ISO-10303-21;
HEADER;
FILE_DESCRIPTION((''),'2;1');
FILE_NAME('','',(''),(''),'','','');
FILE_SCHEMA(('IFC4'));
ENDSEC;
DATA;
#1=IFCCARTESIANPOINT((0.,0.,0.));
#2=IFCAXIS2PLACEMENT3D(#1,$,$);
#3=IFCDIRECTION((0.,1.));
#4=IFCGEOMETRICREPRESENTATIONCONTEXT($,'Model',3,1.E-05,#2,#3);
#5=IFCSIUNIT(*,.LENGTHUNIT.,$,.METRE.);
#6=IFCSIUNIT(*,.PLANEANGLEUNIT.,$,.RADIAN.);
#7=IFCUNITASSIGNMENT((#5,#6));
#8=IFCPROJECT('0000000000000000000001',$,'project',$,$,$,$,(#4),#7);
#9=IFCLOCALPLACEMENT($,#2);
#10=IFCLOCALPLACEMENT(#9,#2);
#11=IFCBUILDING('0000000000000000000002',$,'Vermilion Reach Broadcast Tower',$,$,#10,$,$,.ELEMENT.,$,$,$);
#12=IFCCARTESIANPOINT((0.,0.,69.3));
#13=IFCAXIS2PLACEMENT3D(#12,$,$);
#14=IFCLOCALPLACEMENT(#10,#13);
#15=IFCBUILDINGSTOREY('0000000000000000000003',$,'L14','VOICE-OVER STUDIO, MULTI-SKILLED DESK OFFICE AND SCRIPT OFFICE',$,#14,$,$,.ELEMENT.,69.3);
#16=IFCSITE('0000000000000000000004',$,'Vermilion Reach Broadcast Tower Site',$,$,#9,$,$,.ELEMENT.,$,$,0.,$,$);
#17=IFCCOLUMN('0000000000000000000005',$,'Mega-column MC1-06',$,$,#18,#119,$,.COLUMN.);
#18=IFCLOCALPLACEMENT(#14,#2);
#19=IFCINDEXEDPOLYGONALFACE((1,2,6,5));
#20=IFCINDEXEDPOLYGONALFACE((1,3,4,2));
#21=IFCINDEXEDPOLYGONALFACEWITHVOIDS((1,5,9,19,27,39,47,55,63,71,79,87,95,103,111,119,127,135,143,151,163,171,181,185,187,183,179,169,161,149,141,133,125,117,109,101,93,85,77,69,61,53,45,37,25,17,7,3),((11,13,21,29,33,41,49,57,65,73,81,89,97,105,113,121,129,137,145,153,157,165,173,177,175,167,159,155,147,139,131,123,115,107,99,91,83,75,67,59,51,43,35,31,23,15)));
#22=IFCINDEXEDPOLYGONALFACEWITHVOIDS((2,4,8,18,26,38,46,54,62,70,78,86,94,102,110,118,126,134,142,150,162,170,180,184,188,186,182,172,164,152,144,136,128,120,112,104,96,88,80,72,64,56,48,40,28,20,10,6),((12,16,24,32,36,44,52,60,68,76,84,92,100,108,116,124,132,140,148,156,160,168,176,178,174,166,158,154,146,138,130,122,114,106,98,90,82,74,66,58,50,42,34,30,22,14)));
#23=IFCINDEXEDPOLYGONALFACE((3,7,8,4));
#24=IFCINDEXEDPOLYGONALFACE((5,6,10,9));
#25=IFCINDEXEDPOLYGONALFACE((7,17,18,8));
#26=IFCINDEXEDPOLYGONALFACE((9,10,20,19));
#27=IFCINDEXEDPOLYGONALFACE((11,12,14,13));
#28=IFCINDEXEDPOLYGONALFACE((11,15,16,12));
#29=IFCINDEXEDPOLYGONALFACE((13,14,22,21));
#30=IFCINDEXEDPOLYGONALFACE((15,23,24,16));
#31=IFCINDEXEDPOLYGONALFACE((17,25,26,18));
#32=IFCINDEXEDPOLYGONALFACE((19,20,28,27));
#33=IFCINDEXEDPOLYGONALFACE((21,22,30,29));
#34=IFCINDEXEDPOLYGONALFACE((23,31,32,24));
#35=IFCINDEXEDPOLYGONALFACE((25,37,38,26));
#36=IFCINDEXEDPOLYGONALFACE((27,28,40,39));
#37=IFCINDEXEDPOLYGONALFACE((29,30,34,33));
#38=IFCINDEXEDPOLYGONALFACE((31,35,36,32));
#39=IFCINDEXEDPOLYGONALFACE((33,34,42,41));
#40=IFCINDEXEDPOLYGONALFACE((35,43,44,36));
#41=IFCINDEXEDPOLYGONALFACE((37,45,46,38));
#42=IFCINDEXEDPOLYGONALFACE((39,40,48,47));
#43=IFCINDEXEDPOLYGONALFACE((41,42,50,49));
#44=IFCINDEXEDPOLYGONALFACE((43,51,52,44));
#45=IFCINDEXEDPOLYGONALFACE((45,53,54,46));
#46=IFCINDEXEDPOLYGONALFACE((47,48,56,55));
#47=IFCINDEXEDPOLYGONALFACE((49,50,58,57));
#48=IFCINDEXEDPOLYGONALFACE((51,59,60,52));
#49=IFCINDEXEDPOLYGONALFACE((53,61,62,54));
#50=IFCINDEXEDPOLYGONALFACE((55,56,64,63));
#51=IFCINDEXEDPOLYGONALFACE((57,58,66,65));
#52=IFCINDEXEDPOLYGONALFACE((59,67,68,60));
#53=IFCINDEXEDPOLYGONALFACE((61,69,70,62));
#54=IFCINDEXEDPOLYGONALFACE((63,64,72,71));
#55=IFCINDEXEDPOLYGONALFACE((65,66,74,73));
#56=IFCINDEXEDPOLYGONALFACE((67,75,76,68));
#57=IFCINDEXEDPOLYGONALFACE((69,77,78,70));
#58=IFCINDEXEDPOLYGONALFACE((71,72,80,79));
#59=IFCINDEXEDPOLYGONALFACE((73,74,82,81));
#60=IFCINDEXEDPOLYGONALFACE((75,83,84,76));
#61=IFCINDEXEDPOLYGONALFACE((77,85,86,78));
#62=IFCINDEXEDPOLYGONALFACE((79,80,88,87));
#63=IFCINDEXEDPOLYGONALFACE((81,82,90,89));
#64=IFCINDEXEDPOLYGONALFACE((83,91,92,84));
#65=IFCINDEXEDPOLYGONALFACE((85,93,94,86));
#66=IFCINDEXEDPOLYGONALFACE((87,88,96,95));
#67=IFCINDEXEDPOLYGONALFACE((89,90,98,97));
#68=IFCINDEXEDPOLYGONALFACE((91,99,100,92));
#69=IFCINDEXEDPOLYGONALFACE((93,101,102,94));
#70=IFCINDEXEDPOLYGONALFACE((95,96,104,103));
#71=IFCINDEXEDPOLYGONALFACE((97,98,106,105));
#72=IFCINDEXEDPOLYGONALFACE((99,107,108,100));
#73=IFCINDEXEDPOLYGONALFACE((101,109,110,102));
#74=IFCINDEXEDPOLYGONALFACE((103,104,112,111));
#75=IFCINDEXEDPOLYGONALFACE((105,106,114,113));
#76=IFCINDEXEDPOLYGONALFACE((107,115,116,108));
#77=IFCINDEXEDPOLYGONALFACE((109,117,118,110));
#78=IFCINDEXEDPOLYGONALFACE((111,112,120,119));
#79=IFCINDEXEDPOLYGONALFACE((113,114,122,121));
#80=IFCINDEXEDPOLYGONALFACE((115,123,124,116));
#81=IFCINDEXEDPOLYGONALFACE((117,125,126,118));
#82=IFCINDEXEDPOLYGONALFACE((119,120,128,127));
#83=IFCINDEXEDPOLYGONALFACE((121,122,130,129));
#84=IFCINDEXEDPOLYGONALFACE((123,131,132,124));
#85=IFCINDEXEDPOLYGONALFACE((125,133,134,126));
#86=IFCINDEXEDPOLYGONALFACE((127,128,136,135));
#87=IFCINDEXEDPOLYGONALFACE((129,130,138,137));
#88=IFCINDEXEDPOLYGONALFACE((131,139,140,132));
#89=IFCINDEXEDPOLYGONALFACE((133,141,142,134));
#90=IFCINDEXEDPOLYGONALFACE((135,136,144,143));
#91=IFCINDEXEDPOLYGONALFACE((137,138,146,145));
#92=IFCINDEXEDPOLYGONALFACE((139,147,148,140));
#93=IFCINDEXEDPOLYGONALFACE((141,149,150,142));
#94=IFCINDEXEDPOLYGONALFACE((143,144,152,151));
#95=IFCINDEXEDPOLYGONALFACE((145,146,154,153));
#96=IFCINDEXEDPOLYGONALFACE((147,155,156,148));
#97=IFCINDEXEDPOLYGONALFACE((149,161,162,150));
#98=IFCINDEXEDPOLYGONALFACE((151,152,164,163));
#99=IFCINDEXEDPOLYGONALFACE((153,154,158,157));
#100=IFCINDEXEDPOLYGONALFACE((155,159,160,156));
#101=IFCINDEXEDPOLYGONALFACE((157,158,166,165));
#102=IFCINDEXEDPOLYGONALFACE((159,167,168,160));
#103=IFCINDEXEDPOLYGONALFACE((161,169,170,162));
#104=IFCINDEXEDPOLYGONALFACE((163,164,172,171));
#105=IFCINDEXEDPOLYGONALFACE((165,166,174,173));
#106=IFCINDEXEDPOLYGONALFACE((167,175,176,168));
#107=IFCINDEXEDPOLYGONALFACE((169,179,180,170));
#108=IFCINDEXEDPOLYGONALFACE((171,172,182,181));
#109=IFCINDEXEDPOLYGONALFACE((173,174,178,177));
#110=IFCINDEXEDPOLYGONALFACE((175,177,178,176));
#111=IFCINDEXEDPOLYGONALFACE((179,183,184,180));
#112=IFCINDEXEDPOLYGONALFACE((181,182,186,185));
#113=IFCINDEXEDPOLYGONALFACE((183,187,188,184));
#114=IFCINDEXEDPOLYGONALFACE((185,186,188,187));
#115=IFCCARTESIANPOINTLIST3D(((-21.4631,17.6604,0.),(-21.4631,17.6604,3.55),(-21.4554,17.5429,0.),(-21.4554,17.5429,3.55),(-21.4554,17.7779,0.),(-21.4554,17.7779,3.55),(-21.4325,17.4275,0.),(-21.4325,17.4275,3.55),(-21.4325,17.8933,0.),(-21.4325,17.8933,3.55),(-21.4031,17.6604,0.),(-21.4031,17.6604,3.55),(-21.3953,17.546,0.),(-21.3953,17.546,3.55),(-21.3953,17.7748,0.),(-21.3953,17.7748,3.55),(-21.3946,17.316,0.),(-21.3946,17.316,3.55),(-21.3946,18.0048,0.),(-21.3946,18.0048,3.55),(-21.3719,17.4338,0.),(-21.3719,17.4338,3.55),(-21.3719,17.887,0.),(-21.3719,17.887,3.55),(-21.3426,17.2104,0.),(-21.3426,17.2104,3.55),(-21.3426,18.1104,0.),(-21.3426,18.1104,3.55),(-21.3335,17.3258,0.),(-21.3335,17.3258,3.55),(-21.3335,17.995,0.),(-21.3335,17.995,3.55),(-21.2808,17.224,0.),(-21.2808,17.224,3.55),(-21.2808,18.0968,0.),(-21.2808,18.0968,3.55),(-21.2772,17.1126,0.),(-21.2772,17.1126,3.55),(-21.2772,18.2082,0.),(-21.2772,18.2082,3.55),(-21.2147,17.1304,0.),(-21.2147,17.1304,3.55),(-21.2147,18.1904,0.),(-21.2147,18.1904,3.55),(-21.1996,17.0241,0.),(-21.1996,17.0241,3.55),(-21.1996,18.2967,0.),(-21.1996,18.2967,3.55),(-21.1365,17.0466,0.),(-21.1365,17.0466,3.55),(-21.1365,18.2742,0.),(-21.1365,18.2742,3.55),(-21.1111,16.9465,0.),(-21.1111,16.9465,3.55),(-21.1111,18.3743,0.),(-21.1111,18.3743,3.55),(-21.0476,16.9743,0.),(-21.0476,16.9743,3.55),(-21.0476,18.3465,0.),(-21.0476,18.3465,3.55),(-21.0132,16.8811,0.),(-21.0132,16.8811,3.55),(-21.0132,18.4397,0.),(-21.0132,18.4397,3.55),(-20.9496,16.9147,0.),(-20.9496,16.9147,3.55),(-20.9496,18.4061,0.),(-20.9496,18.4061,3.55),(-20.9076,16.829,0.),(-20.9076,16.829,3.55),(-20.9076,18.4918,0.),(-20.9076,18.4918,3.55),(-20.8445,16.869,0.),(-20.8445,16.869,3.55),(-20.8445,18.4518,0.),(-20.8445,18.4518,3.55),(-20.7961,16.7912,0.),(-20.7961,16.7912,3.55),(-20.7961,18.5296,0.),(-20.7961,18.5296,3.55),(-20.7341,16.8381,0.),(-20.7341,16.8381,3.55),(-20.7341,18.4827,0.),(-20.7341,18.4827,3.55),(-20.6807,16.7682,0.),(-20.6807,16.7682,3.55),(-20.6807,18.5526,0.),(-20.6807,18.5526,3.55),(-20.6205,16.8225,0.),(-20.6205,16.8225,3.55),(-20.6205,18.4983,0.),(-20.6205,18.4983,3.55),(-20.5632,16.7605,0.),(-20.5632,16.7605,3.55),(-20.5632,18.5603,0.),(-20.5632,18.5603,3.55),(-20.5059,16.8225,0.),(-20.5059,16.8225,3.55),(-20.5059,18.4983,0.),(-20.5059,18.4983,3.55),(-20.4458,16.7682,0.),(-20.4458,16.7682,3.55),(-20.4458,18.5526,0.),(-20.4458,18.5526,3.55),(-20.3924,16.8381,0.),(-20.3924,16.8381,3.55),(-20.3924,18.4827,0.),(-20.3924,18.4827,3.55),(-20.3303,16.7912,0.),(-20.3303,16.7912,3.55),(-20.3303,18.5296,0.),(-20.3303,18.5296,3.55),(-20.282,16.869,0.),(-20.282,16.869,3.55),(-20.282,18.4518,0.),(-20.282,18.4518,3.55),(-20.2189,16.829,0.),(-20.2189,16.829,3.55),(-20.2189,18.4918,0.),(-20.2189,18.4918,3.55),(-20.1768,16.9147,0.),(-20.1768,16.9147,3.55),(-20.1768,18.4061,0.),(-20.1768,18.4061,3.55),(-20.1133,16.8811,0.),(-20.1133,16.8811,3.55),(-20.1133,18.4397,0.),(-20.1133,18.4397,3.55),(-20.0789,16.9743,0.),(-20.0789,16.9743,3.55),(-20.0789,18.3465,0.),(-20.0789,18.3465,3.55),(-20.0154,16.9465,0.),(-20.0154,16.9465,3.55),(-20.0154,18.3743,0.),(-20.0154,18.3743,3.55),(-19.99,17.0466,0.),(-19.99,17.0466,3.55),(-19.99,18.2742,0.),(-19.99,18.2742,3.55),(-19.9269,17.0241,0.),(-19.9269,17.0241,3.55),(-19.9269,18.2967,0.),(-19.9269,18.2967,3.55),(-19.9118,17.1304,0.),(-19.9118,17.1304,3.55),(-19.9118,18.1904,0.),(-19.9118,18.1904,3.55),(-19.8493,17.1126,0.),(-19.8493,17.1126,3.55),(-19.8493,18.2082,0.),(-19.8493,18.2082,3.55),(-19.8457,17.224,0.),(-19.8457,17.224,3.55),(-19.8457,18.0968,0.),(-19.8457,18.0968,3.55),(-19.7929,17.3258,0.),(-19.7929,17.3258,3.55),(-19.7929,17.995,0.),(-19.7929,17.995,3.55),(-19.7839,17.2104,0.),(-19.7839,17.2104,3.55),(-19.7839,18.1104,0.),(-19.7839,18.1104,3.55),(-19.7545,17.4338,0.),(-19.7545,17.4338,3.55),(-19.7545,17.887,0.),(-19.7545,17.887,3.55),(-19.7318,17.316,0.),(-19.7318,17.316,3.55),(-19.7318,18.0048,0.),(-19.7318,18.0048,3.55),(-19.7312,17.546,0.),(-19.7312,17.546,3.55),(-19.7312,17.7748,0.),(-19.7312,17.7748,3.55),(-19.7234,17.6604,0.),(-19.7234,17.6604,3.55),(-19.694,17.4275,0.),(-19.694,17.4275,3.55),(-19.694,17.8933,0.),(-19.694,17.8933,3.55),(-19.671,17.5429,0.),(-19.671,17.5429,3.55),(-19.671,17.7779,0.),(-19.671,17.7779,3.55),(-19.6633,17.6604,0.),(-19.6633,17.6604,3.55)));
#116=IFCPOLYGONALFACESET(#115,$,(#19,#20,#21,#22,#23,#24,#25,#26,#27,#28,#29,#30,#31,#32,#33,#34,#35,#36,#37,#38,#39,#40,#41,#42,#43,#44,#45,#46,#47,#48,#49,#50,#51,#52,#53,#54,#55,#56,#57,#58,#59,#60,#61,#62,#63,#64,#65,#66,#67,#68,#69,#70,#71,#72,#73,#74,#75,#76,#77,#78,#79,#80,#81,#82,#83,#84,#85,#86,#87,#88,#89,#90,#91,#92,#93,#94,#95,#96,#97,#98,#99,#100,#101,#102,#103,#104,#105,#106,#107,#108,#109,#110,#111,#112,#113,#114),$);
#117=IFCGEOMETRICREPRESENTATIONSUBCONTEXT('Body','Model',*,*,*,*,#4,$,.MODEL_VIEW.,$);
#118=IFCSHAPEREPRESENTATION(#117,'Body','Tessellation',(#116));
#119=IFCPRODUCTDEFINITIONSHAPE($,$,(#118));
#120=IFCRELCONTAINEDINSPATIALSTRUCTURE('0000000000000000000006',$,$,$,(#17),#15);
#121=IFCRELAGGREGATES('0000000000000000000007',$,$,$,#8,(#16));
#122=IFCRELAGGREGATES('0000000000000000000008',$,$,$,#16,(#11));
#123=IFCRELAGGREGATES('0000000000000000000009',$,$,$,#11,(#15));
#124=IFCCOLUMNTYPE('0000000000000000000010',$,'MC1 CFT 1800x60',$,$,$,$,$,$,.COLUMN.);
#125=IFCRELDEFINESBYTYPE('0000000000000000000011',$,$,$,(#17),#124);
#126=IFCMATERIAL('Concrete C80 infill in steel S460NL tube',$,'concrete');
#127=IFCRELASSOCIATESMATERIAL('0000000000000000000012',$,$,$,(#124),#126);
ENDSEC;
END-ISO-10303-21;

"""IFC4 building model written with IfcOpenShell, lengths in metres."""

from ifc_helpers import new_model, si_unit, direction, frame, origin, origin_2d, place, context, subcontext, project, spatial, hollow_circle, extrude, material, material_profile, profile_set, type_object, element, save


model = new_model("IFC4")

# Units and contexts
model_context = context("Model", 3, precision=1e-05, world=origin(), true_north=direction((0.0, 1.0)))
body_context = subcontext(model_context, "Body", "Model", "MODEL_VIEW")
ifc_project = project(units=[si_unit("LENGTHUNIT", "METRE"), si_unit("PLANEANGLEUNIT", "RADIAN")], contexts=[model_context])

# Site, building, storey
site_placement = place(None, origin())
site = spatial("IfcSite", under=ifc_project, at=site_placement, Name="Vermilion Reach Broadcast Tower Site", CompositionType="ELEMENT", RefElevation=0.0)
building_placement = place(site_placement, origin())
building = spatial("IfcBuilding", under=site, at=building_placement, Name="Vermilion Reach Broadcast Tower", CompositionType="ELEMENT")
storey_placement = place(building_placement, frame((0.0, 0.0, 69.3)))
storey = spatial("IfcBuildingStorey", under=building, at=storey_placement, Name="L14", Description="VOICE-OVER STUDIO, MULTI-SKILLED DESK OFFICE AND SCRIPT OFFICE", CompositionType="ELEMENT", Elevation=69.3)

# Column
ifc_material_1 = material(Name="Concrete C80 infill in steel S460NL tube", Category="concrete")
ifc_material_profile_1 = material_profile(ifc_material_1, hollow_circle(Radius=0.8999, WallThickness=0.0601, at=origin_2d()), Name="Concrete C80 infill in steel S460NL tube CFT 1800x60")
ifc_profile_set_1 = profile_set([ifc_material_profile_1], Name="Concrete C80 infill in steel S460NL tube")
column_type = type_object("IfcColumnType", Name="MC1 CFT 1800x60", PredefinedType="COLUMN", material=ifc_profile_set_1)
for number, where, z_axis, x_axis, name in (
    (1, (-20.5632, 17.6604, 0.0), (0.0, 0.0, 1.0), (1.0, 0.0, 0.0), "Mega-column MC1-06"),
):
    element("IfcColumn", number, at=place(storey_placement, frame(where, z_axis=z_axis, x_axis=x_axis)), inside=storey, type_object=column_type, Name=name, PredefinedType="COLUMN", context=body_context, shape_type="SweptSolid", body=[
        extrude(hollow_circle(Radius=0.8999, WallThickness=0.0601, at=origin_2d()), origin(), (0.0, 0.0, 1.0), 3.55),
    ])

save(model, "model.ifc")
